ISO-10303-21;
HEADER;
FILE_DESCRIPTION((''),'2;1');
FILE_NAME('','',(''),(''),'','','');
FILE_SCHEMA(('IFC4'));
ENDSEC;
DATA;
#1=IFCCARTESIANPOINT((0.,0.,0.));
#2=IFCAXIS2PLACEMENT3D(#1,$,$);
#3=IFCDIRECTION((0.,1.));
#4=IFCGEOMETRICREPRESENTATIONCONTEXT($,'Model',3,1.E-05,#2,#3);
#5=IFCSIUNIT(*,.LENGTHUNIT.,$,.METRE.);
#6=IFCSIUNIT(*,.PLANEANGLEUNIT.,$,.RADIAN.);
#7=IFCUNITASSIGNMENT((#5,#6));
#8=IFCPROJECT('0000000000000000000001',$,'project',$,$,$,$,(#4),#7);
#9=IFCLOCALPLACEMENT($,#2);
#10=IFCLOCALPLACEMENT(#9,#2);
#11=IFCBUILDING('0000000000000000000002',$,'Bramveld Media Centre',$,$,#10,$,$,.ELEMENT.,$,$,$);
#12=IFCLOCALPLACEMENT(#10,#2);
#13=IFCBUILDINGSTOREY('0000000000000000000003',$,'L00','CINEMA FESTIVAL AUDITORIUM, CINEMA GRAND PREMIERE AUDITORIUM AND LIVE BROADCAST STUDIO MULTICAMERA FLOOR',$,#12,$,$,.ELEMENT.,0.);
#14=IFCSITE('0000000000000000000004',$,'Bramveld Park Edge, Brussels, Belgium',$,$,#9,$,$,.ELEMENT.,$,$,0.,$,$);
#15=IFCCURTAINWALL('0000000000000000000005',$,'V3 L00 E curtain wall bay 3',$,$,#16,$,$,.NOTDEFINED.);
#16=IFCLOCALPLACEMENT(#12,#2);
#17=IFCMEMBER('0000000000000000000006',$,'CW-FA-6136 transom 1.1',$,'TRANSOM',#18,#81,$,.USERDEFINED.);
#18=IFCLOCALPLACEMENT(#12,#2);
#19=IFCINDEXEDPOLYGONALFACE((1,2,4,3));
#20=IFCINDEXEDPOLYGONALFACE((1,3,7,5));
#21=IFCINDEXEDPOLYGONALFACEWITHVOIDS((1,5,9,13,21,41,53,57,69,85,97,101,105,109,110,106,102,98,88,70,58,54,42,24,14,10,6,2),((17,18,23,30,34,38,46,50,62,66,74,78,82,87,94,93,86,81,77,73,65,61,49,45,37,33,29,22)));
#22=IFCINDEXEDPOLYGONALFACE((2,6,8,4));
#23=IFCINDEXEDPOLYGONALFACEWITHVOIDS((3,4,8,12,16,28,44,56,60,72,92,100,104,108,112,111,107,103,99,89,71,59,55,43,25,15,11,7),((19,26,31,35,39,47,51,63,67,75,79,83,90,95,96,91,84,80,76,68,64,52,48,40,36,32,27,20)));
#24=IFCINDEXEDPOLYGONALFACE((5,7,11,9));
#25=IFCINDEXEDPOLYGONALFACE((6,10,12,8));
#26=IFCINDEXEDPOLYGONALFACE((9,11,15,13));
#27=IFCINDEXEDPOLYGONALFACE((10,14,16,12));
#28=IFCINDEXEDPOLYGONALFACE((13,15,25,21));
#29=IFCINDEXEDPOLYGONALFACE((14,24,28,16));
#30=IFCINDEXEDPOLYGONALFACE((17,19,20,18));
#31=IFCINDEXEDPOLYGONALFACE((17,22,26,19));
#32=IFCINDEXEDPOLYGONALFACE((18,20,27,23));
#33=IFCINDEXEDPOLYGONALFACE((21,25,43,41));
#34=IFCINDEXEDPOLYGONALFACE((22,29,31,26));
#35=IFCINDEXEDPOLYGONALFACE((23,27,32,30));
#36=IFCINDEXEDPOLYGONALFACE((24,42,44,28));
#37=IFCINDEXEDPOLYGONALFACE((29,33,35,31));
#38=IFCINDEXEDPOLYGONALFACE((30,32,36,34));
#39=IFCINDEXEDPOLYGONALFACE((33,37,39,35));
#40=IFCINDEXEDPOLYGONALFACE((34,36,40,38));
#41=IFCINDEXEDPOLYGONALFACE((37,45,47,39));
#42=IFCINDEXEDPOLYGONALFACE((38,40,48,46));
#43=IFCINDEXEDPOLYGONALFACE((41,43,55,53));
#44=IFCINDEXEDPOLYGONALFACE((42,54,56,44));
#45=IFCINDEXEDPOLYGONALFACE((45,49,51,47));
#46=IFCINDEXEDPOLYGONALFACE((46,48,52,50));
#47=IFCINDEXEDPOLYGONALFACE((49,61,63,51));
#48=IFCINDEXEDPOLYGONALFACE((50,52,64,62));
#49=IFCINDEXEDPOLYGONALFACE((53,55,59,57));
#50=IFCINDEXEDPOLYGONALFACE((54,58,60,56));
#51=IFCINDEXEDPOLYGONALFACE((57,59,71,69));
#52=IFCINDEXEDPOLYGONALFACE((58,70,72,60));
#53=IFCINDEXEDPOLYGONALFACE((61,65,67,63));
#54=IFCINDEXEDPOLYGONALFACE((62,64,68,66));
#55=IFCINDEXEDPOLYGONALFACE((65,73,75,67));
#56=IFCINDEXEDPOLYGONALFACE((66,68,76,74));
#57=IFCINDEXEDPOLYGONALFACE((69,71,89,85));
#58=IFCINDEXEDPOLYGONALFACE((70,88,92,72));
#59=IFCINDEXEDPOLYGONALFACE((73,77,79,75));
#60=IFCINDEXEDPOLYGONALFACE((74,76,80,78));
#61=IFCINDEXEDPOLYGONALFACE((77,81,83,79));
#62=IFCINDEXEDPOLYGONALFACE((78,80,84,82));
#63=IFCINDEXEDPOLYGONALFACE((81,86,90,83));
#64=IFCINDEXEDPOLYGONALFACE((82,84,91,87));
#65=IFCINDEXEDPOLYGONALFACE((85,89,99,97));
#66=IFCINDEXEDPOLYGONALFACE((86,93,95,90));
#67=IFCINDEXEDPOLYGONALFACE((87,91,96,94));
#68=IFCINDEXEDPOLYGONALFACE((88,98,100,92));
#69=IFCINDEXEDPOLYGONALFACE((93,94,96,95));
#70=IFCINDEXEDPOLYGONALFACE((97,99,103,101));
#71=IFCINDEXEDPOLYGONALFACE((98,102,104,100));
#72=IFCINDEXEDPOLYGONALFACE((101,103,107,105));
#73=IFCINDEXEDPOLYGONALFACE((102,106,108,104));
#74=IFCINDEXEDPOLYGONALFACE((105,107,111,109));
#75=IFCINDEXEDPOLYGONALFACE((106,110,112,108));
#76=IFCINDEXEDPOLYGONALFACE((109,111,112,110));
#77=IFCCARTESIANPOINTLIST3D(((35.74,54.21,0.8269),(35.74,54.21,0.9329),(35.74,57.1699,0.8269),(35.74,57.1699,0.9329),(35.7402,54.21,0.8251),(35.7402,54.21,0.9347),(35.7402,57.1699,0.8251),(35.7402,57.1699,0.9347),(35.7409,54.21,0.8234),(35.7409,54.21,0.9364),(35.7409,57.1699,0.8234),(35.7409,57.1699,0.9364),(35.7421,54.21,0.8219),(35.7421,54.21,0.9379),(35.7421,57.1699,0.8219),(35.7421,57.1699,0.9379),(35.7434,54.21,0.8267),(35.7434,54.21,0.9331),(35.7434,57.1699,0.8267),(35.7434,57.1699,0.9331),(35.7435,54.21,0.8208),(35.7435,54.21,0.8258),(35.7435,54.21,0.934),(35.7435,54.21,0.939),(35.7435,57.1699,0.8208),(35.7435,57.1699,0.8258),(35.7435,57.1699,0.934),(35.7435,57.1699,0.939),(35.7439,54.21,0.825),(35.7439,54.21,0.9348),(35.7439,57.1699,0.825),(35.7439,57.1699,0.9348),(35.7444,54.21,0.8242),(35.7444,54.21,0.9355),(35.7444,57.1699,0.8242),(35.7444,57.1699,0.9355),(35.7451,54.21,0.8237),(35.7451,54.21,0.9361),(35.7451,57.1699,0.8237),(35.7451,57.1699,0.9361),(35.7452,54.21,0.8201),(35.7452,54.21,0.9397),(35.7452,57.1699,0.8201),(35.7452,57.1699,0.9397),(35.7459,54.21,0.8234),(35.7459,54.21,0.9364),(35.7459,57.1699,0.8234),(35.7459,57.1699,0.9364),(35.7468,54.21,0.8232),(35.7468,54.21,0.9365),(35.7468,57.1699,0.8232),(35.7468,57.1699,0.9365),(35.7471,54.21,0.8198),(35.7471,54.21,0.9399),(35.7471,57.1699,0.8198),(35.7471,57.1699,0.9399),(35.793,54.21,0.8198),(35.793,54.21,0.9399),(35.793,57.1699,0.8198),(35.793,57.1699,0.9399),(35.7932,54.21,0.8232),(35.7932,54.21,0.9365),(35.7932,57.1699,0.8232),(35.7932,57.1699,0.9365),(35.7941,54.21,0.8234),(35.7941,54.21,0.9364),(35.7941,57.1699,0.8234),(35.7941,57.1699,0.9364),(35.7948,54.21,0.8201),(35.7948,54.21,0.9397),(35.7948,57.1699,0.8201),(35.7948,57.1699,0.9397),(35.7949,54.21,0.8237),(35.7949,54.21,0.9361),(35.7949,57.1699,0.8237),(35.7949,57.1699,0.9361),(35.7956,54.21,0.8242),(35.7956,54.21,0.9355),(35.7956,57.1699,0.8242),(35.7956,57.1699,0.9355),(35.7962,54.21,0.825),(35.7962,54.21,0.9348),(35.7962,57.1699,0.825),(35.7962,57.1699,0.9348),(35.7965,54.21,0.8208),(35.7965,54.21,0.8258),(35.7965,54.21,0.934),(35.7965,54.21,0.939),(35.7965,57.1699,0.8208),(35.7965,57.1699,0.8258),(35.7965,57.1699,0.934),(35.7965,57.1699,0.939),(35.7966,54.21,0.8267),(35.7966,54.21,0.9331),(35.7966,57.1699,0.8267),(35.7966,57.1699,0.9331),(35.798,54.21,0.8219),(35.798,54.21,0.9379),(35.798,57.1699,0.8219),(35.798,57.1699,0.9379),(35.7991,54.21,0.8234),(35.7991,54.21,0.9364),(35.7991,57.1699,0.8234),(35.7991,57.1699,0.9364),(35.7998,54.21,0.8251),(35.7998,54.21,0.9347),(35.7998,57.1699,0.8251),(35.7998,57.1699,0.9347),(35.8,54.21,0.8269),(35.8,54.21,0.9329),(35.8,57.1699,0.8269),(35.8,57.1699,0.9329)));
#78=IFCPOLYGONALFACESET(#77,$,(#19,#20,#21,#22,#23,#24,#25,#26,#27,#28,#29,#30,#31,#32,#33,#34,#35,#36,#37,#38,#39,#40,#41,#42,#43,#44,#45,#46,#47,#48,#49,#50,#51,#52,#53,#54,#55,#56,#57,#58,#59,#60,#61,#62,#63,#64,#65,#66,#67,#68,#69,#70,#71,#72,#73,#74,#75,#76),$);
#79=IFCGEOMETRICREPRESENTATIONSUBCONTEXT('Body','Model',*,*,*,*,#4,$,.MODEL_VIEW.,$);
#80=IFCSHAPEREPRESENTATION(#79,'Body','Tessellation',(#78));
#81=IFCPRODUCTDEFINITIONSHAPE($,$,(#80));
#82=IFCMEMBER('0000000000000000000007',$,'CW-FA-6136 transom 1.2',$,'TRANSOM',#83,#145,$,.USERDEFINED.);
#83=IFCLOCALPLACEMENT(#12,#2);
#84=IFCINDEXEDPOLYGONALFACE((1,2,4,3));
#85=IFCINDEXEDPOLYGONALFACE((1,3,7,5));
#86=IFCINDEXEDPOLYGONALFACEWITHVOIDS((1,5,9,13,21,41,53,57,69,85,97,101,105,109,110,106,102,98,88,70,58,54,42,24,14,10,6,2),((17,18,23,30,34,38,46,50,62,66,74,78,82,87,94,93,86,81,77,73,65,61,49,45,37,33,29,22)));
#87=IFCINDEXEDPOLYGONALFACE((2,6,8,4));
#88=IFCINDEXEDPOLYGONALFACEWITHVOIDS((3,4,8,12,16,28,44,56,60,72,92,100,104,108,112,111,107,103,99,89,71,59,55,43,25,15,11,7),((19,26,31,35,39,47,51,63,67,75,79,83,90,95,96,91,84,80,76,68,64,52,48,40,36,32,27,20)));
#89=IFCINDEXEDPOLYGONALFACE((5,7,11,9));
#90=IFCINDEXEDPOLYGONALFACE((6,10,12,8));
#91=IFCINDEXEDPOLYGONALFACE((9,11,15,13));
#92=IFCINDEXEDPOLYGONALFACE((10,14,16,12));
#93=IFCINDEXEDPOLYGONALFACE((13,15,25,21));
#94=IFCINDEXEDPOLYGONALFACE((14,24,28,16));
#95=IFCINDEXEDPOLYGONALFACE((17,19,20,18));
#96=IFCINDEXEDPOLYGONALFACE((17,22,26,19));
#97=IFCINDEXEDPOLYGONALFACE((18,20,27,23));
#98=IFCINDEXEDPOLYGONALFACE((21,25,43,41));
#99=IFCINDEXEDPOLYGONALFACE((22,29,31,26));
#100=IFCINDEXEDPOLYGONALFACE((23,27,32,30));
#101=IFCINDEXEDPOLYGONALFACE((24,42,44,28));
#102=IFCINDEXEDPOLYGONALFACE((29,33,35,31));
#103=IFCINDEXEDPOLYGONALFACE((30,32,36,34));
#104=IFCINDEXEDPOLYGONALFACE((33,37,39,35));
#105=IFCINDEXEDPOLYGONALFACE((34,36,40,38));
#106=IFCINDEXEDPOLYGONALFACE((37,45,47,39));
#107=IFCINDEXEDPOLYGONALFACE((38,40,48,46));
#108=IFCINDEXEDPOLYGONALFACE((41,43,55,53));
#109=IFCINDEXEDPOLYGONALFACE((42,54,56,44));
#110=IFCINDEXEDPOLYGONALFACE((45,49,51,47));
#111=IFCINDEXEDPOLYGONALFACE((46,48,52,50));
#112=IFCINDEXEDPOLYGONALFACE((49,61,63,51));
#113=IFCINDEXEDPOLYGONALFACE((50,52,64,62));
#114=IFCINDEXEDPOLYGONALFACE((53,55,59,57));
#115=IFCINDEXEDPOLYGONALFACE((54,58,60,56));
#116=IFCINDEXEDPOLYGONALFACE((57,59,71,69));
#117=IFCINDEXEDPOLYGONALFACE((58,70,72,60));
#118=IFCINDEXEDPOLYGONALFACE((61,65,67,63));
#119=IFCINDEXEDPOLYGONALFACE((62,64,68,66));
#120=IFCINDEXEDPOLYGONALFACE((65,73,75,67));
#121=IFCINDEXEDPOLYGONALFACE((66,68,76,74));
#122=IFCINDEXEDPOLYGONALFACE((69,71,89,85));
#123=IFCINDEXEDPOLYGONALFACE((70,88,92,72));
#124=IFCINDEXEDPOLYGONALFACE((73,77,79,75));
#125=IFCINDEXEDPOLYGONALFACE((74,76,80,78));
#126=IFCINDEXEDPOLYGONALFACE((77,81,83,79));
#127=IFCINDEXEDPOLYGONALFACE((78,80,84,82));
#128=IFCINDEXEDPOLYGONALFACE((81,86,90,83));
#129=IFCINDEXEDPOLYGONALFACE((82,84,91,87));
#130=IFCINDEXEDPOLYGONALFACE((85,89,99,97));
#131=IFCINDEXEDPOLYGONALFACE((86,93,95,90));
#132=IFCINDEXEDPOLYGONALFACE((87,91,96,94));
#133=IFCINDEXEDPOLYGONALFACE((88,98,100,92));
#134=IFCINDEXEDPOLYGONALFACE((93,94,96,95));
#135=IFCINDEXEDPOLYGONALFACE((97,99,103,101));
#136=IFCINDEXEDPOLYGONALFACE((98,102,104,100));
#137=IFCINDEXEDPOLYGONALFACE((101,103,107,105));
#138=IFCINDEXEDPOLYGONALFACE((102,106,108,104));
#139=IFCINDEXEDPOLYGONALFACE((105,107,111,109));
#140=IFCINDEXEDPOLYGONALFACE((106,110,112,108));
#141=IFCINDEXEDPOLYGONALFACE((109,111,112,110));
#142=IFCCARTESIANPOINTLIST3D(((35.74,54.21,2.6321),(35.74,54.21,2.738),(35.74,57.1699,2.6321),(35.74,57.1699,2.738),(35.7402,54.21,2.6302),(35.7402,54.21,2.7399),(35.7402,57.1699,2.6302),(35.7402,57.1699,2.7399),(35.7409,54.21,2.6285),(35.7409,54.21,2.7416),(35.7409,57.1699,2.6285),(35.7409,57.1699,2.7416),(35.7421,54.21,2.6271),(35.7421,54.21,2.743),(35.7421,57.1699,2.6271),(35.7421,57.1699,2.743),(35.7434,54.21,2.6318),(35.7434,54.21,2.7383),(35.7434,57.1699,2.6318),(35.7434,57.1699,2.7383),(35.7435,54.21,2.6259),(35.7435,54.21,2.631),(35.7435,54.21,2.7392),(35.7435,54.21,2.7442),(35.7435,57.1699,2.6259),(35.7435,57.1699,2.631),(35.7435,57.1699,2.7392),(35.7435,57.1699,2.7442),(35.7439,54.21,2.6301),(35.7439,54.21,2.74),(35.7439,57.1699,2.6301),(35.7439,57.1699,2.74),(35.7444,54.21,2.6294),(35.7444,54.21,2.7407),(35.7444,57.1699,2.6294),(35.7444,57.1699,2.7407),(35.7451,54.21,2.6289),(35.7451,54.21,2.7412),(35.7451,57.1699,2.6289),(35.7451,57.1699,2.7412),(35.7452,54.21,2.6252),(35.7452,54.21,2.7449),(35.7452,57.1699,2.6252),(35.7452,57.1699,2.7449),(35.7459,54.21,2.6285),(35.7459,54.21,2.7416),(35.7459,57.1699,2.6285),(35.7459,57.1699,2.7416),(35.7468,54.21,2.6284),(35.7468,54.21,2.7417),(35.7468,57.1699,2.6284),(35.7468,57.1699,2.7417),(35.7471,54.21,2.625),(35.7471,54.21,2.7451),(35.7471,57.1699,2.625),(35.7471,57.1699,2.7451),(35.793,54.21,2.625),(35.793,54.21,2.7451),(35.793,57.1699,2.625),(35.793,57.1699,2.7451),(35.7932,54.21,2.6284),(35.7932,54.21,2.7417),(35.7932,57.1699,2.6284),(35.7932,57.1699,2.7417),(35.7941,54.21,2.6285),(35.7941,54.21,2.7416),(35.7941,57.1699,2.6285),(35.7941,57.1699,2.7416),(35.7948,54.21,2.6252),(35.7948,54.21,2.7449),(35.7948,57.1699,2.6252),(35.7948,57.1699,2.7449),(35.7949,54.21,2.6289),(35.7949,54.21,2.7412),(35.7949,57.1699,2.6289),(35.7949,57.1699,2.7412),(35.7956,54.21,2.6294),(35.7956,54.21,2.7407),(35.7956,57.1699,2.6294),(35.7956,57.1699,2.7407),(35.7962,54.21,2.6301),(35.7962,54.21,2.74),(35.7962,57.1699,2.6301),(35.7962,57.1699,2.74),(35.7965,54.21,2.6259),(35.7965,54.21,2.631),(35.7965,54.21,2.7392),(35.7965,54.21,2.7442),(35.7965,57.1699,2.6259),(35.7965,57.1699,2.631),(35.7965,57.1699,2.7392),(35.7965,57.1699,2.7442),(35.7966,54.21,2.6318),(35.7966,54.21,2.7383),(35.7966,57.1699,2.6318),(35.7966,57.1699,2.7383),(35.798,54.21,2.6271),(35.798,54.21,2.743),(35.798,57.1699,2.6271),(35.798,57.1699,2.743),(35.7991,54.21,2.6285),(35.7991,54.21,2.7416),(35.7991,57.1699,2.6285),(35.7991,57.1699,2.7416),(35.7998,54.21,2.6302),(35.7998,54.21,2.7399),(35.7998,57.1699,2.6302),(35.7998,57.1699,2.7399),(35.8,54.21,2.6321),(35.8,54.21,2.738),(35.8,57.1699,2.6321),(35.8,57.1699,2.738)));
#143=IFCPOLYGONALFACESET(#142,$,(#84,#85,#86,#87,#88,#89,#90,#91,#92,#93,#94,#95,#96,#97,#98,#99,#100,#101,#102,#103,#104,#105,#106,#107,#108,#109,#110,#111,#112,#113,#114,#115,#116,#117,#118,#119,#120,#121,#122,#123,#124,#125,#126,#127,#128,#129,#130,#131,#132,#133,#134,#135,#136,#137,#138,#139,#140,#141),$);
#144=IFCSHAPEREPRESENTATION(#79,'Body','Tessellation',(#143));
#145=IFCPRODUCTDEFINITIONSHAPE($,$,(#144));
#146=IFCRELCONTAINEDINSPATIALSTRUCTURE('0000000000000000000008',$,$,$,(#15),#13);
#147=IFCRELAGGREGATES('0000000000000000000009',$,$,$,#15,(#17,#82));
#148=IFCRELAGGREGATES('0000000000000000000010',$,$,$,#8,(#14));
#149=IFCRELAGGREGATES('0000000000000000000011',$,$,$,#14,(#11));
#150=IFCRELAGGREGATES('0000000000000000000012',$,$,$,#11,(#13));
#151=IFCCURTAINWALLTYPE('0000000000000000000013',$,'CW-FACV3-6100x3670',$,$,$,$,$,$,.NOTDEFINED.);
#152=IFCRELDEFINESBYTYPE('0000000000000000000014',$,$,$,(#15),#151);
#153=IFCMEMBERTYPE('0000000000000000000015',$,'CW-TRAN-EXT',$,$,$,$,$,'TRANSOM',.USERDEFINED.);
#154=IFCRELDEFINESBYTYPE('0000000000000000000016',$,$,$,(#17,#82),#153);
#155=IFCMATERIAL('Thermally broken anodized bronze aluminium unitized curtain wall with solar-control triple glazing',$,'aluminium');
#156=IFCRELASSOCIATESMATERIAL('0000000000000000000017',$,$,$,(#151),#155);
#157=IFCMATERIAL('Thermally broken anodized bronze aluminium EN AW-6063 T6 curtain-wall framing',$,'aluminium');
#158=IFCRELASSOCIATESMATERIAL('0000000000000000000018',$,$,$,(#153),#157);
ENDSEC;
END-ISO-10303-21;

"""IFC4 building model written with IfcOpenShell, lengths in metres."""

from ifc_helpers import new_model, si_unit, direction, frame, origin, origin_2d, place, context, subcontext, project, spatial, hollow_rectangle, extrude, material, material_profile, profile_set, type_object, element, aggregate, save


model = new_model("IFC4")

# Units and contexts
model_context = context("Model", 3, precision=1e-05, world=origin(), true_north=direction((0.0, 1.0)))
body_context = subcontext(model_context, "Body", "Model", "MODEL_VIEW")
ifc_project = project(units=[si_unit("LENGTHUNIT", "METRE"), si_unit("PLANEANGLEUNIT", "RADIAN")], contexts=[model_context])

# Site, building, storey
site_placement = place(None, origin())
site = spatial("IfcSite", under=ifc_project, at=site_placement, Name="Bramveld Park Edge, Brussels, Belgium", CompositionType="ELEMENT", RefElevation=0.0)
building_placement = place(site_placement, origin())
building = spatial("IfcBuilding", under=site, at=building_placement, Name="Bramveld Media Centre", CompositionType="ELEMENT")
storey_placement = place(building_placement, origin())
storey = spatial("IfcBuildingStorey", under=building, at=storey_placement, Name="L00", Description="CINEMA FESTIVAL AUDITORIUM, CINEMA GRAND PREMIERE AUDITORIUM AND LIVE BROADCAST STUDIO MULTICAMERA FLOOR", CompositionType="ELEMENT", Elevation=0.0)

# Curtain wall
ifc_material_1 = material(Name="Thermally broken anodized bronze aluminium unitized curtain wall with solar-control triple glazing", Category="aluminium")
curtain_wall_type = type_object("IfcCurtainWallType", Name="CW-FACV3-6100x3670", PredefinedType="NOTDEFINED", material=ifc_material_1)
curtain_wall_1_placement = place(storey_placement, origin())
curtain_wall_1 = element("IfcCurtainWall", 1, at=curtain_wall_1_placement, inside=storey, type_object=curtain_wall_type, Name="V3 L00 E curtain wall bay 3", PredefinedType="NOTDEFINED")

# Members
ifc_material_2 = material(Name="Thermally broken anodized bronze aluminium EN AW-6063 T6 curtain-wall framing", Category="aluminium")
ifc_material_profile_1 = material_profile(ifc_material_2, hollow_rectangle(XDim=0.0601, YDim=0.1201, WallThickness=0.0034, InnerFilletRadius=0.0034, OuterFilletRadius=0.0071, at=origin_2d()), Name="AL-TRAN 60x120")
ifc_profile_set_1 = profile_set([ifc_material_profile_1], Name="Thermally broken anodized bronze aluminium EN AW-6063 T6 curtain-wall framing")
member_type_1 = type_object("IfcMemberType", Name="CW-TRAN-EXT", ElementType="TRANSOM", PredefinedType="USERDEFINED", material=ifc_profile_set_1)
member_1_placement = place(storey_placement, frame((35.77, 54.21, 0.8799), z_axis=(0.0, 1.0, 0.0), x_axis=(-1.0, 0.0, 0.0)))
member_1 = element("IfcMember", 2, at=member_1_placement, type_object=member_type_1, Name="CW-FA-6136 transom 1.1", ObjectType="TRANSOM", PredefinedType="USERDEFINED", context=body_context, shape_type="SweptSolid", body=[
    extrude(hollow_rectangle(XDim=0.0601, YDim=0.1201, WallThickness=0.0034, InnerFilletRadius=0.0034, OuterFilletRadius=0.0071, at=origin_2d()), origin(), (0.0, 0.0, 1.0), 2.96),
])
member_2_placement = place(storey_placement, frame((35.77, 54.21, 2.6851), z_axis=(0.0, 1.0, 0.0), x_axis=(-1.0, 0.0, 0.0)))
member_2 = element("IfcMember", 3, at=member_2_placement, type_object=member_type_1, Name="CW-FA-6136 transom 1.2", ObjectType="TRANSOM", PredefinedType="USERDEFINED", context=body_context, shape_type="SweptSolid", body=[
    extrude(hollow_rectangle(XDim=0.0601, YDim=0.1201, WallThickness=0.0034, InnerFilletRadius=0.0034, OuterFilletRadius=0.0071, at=origin_2d()), origin(), (0.0, 0.0, 1.0), 2.96),
])

aggregate(curtain_wall_1, [member_1, member_2])

save(model, "model.ifc")
